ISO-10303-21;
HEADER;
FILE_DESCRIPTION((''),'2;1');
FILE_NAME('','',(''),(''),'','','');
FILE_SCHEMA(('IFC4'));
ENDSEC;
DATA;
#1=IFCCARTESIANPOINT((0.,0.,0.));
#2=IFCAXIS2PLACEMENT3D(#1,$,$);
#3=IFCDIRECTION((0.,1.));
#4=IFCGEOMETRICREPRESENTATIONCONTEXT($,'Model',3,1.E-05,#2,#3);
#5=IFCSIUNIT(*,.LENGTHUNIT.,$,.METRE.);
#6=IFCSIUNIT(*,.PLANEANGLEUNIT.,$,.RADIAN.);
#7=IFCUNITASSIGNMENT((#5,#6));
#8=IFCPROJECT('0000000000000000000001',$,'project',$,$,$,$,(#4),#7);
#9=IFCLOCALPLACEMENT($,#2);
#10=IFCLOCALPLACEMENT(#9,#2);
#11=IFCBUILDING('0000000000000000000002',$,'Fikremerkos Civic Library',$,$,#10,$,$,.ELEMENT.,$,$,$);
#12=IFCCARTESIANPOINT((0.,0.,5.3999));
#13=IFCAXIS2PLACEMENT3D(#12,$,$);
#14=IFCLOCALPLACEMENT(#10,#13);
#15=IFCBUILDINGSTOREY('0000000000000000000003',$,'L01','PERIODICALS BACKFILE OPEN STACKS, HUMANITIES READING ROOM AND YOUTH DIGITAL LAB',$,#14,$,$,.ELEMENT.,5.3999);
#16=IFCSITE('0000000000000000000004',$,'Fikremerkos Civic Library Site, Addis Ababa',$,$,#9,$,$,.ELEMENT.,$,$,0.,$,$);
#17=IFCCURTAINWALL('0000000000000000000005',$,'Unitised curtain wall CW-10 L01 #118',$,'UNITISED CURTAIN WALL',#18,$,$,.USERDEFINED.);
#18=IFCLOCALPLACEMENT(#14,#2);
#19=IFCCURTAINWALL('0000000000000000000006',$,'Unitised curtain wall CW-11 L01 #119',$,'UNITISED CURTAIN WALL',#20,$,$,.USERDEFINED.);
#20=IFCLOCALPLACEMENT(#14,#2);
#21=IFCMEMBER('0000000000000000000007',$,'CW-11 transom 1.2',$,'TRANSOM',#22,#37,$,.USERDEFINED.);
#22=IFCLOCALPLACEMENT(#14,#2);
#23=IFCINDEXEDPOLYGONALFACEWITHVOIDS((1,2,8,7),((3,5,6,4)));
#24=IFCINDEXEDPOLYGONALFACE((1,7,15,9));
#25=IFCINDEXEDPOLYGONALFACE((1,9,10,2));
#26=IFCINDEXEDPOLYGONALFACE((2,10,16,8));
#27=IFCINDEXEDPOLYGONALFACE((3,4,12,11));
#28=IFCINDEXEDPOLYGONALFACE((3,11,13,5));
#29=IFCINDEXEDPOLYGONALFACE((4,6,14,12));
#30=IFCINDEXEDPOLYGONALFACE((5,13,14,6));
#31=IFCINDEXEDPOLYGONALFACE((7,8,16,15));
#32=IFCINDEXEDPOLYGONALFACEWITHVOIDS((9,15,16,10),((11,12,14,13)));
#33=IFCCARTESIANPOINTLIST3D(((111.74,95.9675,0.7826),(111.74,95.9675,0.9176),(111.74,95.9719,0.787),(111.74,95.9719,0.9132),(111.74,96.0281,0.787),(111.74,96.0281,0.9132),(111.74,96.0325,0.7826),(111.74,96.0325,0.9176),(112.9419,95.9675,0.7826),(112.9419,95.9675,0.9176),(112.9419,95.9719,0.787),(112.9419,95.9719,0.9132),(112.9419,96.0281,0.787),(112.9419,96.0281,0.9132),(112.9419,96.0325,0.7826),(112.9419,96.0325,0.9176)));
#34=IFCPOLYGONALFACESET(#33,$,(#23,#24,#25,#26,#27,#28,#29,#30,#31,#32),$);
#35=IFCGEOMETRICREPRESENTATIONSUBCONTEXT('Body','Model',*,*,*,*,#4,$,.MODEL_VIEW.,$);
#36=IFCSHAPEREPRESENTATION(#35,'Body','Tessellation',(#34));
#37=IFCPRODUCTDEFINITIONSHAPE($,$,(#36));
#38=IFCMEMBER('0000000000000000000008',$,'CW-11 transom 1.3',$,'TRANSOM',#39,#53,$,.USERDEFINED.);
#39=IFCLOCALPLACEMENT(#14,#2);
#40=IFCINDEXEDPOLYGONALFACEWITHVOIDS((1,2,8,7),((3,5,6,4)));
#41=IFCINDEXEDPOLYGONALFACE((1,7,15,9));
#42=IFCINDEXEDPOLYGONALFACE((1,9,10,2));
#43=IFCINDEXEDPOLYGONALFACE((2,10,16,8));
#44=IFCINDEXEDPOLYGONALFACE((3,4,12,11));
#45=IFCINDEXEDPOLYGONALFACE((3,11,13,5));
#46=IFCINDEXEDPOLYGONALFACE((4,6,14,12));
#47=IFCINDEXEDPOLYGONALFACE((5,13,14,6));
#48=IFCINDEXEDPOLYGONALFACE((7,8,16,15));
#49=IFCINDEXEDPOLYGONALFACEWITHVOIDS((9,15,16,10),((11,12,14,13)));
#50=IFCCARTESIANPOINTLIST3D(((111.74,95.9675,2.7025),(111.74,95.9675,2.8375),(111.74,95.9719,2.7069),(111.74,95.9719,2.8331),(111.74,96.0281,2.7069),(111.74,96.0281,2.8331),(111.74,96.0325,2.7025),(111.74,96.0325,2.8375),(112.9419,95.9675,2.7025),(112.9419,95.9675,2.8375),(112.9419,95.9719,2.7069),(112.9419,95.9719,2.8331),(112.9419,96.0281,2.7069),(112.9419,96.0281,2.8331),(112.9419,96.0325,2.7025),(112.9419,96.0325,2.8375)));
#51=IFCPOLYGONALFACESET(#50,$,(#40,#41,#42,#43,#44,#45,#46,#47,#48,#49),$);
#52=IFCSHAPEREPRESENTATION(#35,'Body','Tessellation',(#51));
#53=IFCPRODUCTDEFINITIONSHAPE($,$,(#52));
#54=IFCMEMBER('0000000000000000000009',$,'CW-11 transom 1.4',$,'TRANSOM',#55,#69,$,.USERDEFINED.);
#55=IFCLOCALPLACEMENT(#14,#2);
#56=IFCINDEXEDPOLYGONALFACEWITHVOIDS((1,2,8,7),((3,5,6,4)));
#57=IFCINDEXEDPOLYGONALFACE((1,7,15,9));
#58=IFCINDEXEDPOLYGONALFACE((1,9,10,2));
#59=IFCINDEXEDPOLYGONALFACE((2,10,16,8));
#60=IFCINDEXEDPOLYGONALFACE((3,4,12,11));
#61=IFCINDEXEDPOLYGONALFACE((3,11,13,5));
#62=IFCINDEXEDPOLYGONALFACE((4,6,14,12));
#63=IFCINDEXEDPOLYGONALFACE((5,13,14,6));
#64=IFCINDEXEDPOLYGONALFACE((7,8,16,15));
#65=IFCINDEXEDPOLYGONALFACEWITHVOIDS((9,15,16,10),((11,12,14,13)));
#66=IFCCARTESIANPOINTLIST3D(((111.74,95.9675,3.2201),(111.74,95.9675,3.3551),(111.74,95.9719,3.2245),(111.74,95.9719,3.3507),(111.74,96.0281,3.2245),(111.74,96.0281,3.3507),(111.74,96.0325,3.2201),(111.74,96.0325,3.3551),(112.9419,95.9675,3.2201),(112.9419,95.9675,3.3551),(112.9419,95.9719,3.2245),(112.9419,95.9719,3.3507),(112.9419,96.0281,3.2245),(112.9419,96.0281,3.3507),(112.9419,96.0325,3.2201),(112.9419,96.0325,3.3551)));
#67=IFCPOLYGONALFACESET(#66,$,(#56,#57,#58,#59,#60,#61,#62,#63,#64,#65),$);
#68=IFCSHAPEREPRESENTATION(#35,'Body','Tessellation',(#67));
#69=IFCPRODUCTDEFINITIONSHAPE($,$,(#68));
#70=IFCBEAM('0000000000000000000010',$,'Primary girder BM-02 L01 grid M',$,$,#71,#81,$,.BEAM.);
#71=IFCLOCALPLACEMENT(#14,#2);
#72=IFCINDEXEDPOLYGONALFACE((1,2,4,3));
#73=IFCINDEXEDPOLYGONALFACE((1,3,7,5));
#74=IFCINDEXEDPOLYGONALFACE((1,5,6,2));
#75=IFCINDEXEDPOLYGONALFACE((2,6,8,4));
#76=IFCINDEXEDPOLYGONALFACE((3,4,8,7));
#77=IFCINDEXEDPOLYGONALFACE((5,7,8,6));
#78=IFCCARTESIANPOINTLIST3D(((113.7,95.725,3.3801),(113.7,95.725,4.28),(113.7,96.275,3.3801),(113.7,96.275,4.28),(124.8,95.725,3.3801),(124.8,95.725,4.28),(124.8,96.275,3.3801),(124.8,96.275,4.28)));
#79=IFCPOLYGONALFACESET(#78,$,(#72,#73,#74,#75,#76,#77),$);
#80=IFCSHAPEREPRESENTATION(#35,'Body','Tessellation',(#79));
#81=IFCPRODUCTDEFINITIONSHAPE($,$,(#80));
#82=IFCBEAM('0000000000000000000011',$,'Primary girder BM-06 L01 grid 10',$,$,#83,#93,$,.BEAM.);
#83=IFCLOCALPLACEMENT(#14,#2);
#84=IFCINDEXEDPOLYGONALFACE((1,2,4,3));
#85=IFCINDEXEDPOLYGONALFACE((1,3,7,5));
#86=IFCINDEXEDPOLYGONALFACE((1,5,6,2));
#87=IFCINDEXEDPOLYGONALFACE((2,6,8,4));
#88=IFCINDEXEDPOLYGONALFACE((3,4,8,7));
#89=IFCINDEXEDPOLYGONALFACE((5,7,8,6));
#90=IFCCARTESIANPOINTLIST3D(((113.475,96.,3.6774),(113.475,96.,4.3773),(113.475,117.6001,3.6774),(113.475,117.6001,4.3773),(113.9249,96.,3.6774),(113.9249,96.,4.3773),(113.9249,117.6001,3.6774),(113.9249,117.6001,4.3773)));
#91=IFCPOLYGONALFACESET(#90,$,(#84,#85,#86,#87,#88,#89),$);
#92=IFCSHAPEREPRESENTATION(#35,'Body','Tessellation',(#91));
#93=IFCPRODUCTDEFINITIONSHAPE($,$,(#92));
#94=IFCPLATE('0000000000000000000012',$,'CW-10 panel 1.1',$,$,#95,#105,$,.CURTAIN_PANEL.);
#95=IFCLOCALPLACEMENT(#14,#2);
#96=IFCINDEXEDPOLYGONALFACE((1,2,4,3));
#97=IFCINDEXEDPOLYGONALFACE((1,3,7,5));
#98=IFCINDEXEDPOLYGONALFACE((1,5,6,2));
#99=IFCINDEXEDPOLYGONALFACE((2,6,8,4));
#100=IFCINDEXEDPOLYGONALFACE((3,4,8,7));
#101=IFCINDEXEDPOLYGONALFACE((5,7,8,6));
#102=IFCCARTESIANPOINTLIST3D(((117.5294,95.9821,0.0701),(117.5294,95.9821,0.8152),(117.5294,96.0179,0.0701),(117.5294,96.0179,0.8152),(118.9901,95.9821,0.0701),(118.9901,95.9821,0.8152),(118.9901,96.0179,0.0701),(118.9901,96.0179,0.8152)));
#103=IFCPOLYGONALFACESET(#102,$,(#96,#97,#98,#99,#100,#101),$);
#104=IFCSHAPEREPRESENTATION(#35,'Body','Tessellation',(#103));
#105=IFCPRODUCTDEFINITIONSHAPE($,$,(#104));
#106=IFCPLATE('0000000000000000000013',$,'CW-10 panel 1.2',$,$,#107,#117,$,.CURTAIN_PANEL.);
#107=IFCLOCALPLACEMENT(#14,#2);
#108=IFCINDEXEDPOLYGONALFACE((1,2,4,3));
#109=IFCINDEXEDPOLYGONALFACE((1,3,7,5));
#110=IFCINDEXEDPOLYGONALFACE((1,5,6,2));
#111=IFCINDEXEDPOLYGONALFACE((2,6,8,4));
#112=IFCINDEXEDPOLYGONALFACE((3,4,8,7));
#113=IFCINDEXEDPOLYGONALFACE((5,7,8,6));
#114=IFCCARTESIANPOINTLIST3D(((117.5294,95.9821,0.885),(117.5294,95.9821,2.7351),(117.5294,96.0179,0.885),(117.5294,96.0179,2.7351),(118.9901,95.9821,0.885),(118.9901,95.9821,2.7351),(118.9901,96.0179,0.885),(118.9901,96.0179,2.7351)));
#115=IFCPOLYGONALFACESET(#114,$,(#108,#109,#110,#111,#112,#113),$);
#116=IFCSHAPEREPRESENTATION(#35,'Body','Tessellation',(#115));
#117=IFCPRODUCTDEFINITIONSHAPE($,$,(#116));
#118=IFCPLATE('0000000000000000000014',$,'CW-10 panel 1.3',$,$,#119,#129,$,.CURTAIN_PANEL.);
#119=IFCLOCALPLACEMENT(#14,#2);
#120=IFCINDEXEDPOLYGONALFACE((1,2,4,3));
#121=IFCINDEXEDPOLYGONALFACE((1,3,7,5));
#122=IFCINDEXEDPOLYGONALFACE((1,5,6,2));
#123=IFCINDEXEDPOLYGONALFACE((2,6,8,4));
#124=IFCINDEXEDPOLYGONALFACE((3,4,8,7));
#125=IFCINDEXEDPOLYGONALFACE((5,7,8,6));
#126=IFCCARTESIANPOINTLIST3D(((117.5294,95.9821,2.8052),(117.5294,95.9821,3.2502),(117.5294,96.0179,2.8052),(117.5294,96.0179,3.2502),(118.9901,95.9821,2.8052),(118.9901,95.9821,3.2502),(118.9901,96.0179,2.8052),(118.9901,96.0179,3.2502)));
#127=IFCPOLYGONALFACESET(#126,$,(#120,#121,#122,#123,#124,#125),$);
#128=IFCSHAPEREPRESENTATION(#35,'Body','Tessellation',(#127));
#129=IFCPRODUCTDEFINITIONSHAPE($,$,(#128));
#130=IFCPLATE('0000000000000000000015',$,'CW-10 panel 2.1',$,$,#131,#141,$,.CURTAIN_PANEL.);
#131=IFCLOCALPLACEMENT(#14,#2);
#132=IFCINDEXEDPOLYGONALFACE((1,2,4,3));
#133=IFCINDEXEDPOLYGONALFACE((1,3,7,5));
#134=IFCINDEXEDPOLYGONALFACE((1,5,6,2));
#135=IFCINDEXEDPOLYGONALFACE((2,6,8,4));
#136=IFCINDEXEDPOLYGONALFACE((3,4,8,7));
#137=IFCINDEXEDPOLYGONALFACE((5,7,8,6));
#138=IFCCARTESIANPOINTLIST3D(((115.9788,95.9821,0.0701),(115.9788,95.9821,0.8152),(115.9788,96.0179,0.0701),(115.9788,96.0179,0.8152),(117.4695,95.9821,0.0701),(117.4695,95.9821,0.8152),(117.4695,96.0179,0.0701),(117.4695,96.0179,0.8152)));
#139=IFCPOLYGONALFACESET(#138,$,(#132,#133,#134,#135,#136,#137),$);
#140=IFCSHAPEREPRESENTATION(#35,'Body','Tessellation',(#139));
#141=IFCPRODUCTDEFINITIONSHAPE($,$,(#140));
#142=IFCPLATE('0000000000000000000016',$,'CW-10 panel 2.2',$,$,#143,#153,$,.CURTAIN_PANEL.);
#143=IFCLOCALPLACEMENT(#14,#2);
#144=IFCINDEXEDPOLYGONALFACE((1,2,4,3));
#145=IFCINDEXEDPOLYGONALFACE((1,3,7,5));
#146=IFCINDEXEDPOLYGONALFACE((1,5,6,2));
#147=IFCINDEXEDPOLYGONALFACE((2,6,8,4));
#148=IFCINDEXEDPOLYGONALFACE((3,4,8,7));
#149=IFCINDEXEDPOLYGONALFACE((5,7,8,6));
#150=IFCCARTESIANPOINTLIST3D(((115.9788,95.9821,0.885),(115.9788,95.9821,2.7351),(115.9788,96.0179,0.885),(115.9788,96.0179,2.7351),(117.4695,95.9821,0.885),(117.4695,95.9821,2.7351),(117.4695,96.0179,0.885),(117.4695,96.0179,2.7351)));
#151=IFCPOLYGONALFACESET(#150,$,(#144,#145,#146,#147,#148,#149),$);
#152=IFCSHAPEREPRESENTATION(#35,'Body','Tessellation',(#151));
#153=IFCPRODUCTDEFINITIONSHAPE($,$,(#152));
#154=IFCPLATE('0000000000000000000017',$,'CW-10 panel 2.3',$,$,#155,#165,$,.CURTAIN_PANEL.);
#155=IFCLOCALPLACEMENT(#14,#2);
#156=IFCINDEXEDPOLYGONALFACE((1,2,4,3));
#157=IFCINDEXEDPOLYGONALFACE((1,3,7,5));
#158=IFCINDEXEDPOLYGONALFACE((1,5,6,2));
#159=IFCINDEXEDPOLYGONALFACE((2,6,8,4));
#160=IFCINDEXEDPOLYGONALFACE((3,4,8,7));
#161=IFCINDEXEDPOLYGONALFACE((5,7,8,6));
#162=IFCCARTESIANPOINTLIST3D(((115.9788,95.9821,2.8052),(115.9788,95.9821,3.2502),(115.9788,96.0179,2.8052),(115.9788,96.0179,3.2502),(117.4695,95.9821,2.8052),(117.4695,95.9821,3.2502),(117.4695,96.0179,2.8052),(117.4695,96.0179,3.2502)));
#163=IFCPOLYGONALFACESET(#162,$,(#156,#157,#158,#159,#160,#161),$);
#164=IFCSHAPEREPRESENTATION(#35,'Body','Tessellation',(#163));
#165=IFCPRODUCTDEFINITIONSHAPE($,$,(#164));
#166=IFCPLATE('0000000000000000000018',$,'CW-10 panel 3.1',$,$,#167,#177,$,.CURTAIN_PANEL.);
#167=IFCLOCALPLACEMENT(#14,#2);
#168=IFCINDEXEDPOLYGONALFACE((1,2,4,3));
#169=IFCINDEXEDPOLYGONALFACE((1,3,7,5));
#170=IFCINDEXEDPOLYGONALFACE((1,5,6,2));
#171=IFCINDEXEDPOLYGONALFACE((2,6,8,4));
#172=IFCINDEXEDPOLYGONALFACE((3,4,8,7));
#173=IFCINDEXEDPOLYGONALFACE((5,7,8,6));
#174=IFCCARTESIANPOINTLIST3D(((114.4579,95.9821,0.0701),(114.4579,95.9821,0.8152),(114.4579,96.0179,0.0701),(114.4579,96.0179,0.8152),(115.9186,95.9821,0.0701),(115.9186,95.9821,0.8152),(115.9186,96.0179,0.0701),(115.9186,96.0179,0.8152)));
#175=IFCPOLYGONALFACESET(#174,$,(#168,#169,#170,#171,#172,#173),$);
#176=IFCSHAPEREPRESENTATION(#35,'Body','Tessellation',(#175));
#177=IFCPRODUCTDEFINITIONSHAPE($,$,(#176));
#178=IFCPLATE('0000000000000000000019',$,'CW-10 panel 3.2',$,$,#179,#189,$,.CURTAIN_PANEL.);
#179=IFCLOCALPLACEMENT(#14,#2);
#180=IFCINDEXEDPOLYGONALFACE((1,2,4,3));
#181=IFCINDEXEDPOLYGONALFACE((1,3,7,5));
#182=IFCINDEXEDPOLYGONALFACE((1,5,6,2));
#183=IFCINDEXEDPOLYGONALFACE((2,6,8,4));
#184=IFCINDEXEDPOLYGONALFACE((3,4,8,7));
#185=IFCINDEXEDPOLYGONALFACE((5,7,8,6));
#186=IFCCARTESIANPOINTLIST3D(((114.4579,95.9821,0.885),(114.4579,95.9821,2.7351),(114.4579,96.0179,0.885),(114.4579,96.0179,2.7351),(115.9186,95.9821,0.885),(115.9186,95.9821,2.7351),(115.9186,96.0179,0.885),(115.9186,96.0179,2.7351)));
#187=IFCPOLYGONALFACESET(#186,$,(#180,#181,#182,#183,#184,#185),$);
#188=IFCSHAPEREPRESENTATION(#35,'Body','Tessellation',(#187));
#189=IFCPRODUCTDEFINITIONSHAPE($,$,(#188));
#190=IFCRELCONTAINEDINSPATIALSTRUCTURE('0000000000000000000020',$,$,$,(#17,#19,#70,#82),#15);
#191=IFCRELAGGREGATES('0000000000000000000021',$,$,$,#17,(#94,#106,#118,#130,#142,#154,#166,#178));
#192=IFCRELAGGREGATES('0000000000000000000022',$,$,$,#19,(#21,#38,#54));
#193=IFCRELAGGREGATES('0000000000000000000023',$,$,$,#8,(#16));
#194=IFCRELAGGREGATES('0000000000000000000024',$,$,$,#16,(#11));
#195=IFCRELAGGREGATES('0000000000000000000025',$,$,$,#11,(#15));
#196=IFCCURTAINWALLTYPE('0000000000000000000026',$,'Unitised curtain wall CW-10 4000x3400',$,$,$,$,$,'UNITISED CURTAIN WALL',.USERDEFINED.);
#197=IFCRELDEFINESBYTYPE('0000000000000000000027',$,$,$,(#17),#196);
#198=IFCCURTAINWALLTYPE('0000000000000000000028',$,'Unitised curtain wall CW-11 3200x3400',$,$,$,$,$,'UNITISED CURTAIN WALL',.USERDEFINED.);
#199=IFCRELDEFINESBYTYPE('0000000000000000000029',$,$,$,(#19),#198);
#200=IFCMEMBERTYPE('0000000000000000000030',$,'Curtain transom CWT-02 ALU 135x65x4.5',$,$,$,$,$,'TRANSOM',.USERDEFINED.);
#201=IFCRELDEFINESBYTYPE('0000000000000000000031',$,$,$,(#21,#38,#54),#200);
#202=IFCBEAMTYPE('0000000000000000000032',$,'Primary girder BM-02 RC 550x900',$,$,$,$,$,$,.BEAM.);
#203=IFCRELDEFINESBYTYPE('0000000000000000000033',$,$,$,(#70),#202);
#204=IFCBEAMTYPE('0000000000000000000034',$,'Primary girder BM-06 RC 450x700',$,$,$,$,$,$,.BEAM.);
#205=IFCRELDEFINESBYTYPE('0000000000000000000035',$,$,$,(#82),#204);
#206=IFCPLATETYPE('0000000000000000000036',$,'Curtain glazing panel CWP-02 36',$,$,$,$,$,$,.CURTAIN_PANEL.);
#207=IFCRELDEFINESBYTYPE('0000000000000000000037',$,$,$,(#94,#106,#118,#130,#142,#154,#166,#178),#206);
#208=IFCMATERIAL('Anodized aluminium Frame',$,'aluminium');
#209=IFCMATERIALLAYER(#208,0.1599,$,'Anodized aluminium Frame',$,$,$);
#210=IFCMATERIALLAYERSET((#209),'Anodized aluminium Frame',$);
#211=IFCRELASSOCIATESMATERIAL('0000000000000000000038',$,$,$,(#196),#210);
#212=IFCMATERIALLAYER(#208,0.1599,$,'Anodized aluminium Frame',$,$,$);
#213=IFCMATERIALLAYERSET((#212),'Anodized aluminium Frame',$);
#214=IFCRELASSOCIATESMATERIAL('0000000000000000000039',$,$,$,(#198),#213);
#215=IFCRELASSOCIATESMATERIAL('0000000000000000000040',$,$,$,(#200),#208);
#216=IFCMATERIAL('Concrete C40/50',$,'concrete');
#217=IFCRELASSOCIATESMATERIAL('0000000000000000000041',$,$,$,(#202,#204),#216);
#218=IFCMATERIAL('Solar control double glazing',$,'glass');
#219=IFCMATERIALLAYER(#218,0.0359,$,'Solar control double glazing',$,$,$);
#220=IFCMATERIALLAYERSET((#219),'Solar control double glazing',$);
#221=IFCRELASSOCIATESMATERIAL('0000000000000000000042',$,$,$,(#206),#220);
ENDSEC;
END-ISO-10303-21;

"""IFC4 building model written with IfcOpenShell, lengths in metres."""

from ifc_helpers import new_model, si_unit, direction, frame, origin, origin_2d, place, context, subcontext, project, spatial, rectangle, hollow_rectangle, extrude, material, layer, layer_set, material_profile, profile_set, type_object, element, aggregate, save


model = new_model("IFC4")

# Units and contexts
model_context = context("Model", 3, precision=1e-05, world=origin(), true_north=direction((0.0, 1.0)))
body_context = subcontext(model_context, "Body", "Model", "MODEL_VIEW")
ifc_project = project(units=[si_unit("LENGTHUNIT", "METRE"), si_unit("PLANEANGLEUNIT", "RADIAN")], contexts=[model_context])

# Site, building, storey
site_placement = place(None, origin())
site = spatial("IfcSite", under=ifc_project, at=site_placement, Name="Fikremerkos Civic Library Site, Addis Ababa", CompositionType="ELEMENT", RefElevation=0.0)
building_placement = place(site_placement, origin())
building = spatial("IfcBuilding", under=site, at=building_placement, Name="Fikremerkos Civic Library", CompositionType="ELEMENT")
storey_placement = place(building_placement, frame((0.0, 0.0, 5.3999)))
storey = spatial("IfcBuildingStorey", under=building, at=storey_placement, Name="L01", Description="PERIODICALS BACKFILE OPEN STACKS, HUMANITIES READING ROOM AND YOUTH DIGITAL LAB", CompositionType="ELEMENT", Elevation=5.3999)

# Shared definitions
ifc_material_1 = material(Name="Concrete C40/50", Category="concrete")

# Shared definitions
ifc_material_2 = material(Name="Anodized aluminium Frame", Category="aluminium")

# Curtain wall
ifc_layer_1 = layer(ifc_material_2, 0.1599, Name="Anodized aluminium Frame")
ifc_layer_set_1 = layer_set([ifc_layer_1], Name="Anodized aluminium Frame")
curtain_wall_type_1 = type_object("IfcCurtainWallType", Name="Unitised curtain wall CW-10 4000x3400", ElementType="UNITISED CURTAIN WALL", PredefinedType="USERDEFINED", material=ifc_layer_set_1)
curtain_wall_1_placement = place(storey_placement, origin())
curtain_wall_1 = element("IfcCurtainWall", 1, at=curtain_wall_1_placement, inside=storey, type_object=curtain_wall_type_1, Name="Unitised curtain wall CW-10 L01 #118", ObjectType="UNITISED CURTAIN WALL", PredefinedType="USERDEFINED")

# Curtain wall
ifc_layer_2 = layer(ifc_material_2, 0.1599, Name="Anodized aluminium Frame")
ifc_layer_set_2 = layer_set([ifc_layer_2], Name="Anodized aluminium Frame")
curtain_wall_type_2 = type_object("IfcCurtainWallType", Name="Unitised curtain wall CW-11 3200x3400", ElementType="UNITISED CURTAIN WALL", PredefinedType="USERDEFINED", material=ifc_layer_set_2)
curtain_wall_2_placement = place(storey_placement, origin())
curtain_wall_2 = element("IfcCurtainWall", 2, at=curtain_wall_2_placement, inside=storey, type_object=curtain_wall_type_2, Name="Unitised curtain wall CW-11 L01 #119", ObjectType="UNITISED CURTAIN WALL", PredefinedType="USERDEFINED")

# Members
ifc_material_profile_1 = material_profile(ifc_material_2, hollow_rectangle(XDim=0.0649, YDim=0.135, WallThickness=0.0044, at=origin_2d()), Name="ALU 135x65x4.5")
ifc_profile_set_1 = profile_set([ifc_material_profile_1], Name="Anodized aluminium Frame")
member_type_1 = type_object("IfcMemberType", Name="Curtain transom CWT-02 ALU 135x65x4.5", ElementType="TRANSOM", PredefinedType="USERDEFINED", material=ifc_profile_set_1)
member_1_placement = place(storey_placement, frame((112.9419, 96.0, 0.8501), z_axis=(-1.0, 0.0, 0.0), x_axis=(0.0, -1.0, 0.0)))
member_1 = element("IfcMember", 3, at=member_1_placement, type_object=member_type_1, Name="CW-11 transom 1.2", ObjectType="TRANSOM", PredefinedType="USERDEFINED", context=body_context, shape_type="SweptSolid", body=[
    extrude(hollow_rectangle(XDim=0.0649, YDim=0.135, WallThickness=0.0044, at=origin_2d()), origin(), (0.0, 0.0, 1.0), 1.2019),
])
member_2_placement = place(storey_placement, frame((112.9419, 96.0, 2.77), z_axis=(-1.0, 0.0, 0.0), x_axis=(0.0, -1.0, 0.0)))
member_2 = element("IfcMember", 4, at=member_2_placement, type_object=member_type_1, Name="CW-11 transom 1.3", ObjectType="TRANSOM", PredefinedType="USERDEFINED", context=body_context, shape_type="SweptSolid", body=[
    extrude(hollow_rectangle(XDim=0.0649, YDim=0.135, WallThickness=0.0044, at=origin_2d()), origin(), (0.0, 0.0, 1.0), 1.2019),
])
member_3_placement = place(storey_placement, frame((112.9419, 96.0, 3.2876), z_axis=(-1.0, 0.0, 0.0), x_axis=(0.0, -1.0, 0.0)))
member_3 = element("IfcMember", 5, at=member_3_placement, type_object=member_type_1, Name="CW-11 transom 1.4", ObjectType="TRANSOM", PredefinedType="USERDEFINED", context=body_context, shape_type="SweptSolid", body=[
    extrude(hollow_rectangle(XDim=0.0649, YDim=0.135, WallThickness=0.0044, at=origin_2d()), origin(), (0.0, 0.0, 1.0), 1.2019),
])

# Beams
ifc_material_profile_2 = material_profile(ifc_material_1, rectangle(XDim=0.55, YDim=0.8999, at=origin_2d()), Name="RC 550x900")
ifc_profile_set_2 = profile_set([ifc_material_profile_2], Name="Concrete C40/50")
beam_type_1 = type_object("IfcBeamType", Name="Primary girder BM-02 RC 550x900", PredefinedType="BEAM", material=ifc_profile_set_2)
beam_1_placement = place(storey_placement, frame((113.7, 96.0, 3.8301), z_axis=(1.0, 0.0, 0.0), x_axis=(0.0, 1.0, 0.0)))
element("IfcBeam", 6, at=beam_1_placement, inside=storey, type_object=beam_type_1, Name="Primary girder BM-02 L01 grid M", PredefinedType="BEAM", context=body_context, shape_type="SweptSolid", body=[
    extrude(rectangle(XDim=0.55, YDim=0.8999, at=origin_2d()), origin(), (0.0, 0.0, 1.0), 11.1001),
])
ifc_material_profile_3 = material_profile(ifc_material_1, rectangle(XDim=0.45, YDim=0.7, at=origin_2d()), Name="RC 450x700")
ifc_profile_set_3 = profile_set([ifc_material_profile_3], Name="Concrete C40/50")
beam_type_2 = type_object("IfcBeamType", Name="Primary girder BM-06 RC 450x700", PredefinedType="BEAM", material=ifc_profile_set_3)
beam_2_placement = place(storey_placement, frame((113.7, 96.0, 4.0273), z_axis=(0.0, 1.0, 0.0), x_axis=(-1.0, 0.0, 0.0)))
element("IfcBeam", 7, at=beam_2_placement, inside=storey, type_object=beam_type_2, Name="Primary girder BM-06 L01 grid 10", PredefinedType="BEAM", context=body_context, shape_type="SweptSolid", body=[
    extrude(rectangle(XDim=0.45, YDim=0.7, at=origin_2d()), origin(), (0.0, 0.0, 1.0), 21.6001),
])

# Plates
ifc_material_3 = material(Name="Solar control double glazing", Category="glass")
ifc_layer_3 = layer(ifc_material_3, 0.0359, Name="Solar control double glazing")
ifc_layer_set_3 = layer_set([ifc_layer_3], Name="Solar control double glazing")
plate_type_1 = type_object("IfcPlateType", Name="Curtain glazing panel CWP-02 36", PredefinedType="CURTAIN_PANEL", material=ifc_layer_set_3)
plate_1_placement = place(storey_placement, frame((118.2598, 96.0, 0.0701), z_axis=(0.0, 0.0, 1.0), x_axis=(-1.0, 0.0, 0.0)))
plate_1 = element("IfcPlate", 8, at=plate_1_placement, type_object=plate_type_1, Name="CW-10 panel 1.1", PredefinedType="CURTAIN_PANEL", context=body_context, shape_type="SweptSolid", body=[
    extrude(rectangle(XDim=1.4607, YDim=0.0359, at=origin_2d()), origin(), (0.0, 0.0, 1.0), 0.7451),
])
plate_2_placement = place(storey_placement, frame((118.2598, 96.0, 0.885), z_axis=(0.0, 0.0, 1.0), x_axis=(-1.0, 0.0, 0.0)))
plate_2 = element("IfcPlate", 9, at=plate_2_placement, type_object=plate_type_1, Name="CW-10 panel 1.2", PredefinedType="CURTAIN_PANEL", context=body_context, shape_type="SweptSolid", body=[
    extrude(rectangle(XDim=1.4607, YDim=0.0359, at=origin_2d()), origin(), (0.0, 0.0, 1.0), 1.8501),
])
plate_3_placement = place(storey_placement, frame((118.2598, 96.0, 2.8052), z_axis=(0.0, 0.0, 1.0), x_axis=(-1.0, 0.0, 0.0)))
plate_3 = element("IfcPlate", 10, at=plate_3_placement, type_object=plate_type_1, Name="CW-10 panel 1.3", PredefinedType="CURTAIN_PANEL", context=body_context, shape_type="SweptSolid", body=[
    extrude(rectangle(XDim=1.4607, YDim=0.0359, at=origin_2d()), origin(), (0.0, 0.0, 1.0), 0.4451),
])
plate_4_placement = place(storey_placement, frame((116.7241, 96.0, 0.0701), z_axis=(0.0, 0.0, 1.0), x_axis=(-1.0, 0.0, 0.0)))
plate_4 = element("IfcPlate", 11, at=plate_4_placement, type_object=plate_type_1, Name="CW-10 panel 2.1", PredefinedType="CURTAIN_PANEL", context=body_context, shape_type="SweptSolid", body=[
    extrude(rectangle(XDim=1.4907, YDim=0.0359, at=origin_2d()), origin(), (0.0, 0.0, 1.0), 0.7451),
])
plate_5_placement = place(storey_placement, frame((116.7241, 96.0, 0.885), z_axis=(0.0, 0.0, 1.0), x_axis=(-1.0, 0.0, 0.0)))
plate_5 = element("IfcPlate", 12, at=plate_5_placement, type_object=plate_type_1, Name="CW-10 panel 2.2", PredefinedType="CURTAIN_PANEL", context=body_context, shape_type="SweptSolid", body=[
    extrude(rectangle(XDim=1.4907, YDim=0.0359, at=origin_2d()), origin(), (0.0, 0.0, 1.0), 1.8501),
])
plate_6_placement = place(storey_placement, frame((116.7241, 96.0, 2.8052), z_axis=(0.0, 0.0, 1.0), x_axis=(-1.0, 0.0, 0.0)))
plate_6 = element("IfcPlate", 13, at=plate_6_placement, type_object=plate_type_1, Name="CW-10 panel 2.3", PredefinedType="CURTAIN_PANEL", context=body_context, shape_type="SweptSolid", body=[
    extrude(rectangle(XDim=1.4907, YDim=0.0359, at=origin_2d()), origin(), (0.0, 0.0, 1.0), 0.4451),
])
plate_7_placement = place(storey_placement, frame((115.1882, 96.0, 0.0701), z_axis=(0.0, 0.0, 1.0), x_axis=(-1.0, 0.0, 0.0)))
plate_7 = element("IfcPlate", 14, at=plate_7_placement, type_object=plate_type_1, Name="CW-10 panel 3.1", PredefinedType="CURTAIN_PANEL", context=body_context, shape_type="SweptSolid", body=[
    extrude(rectangle(XDim=1.4607, YDim=0.0359, at=origin_2d()), origin(), (0.0, 0.0, 1.0), 0.7451),
])
plate_8_placement = place(storey_placement, frame((115.1882, 96.0, 0.885), z_axis=(0.0, 0.0, 1.0), x_axis=(-1.0, 0.0, 0.0)))
plate_8 = element("IfcPlate", 15, at=plate_8_placement, type_object=plate_type_1, Name="CW-10 panel 3.2", PredefinedType="CURTAIN_PANEL", context=body_context, shape_type="SweptSolid", body=[
    extrude(rectangle(XDim=1.4607, YDim=0.0359, at=origin_2d()), origin(), (0.0, 0.0, 1.0), 1.8501),
])
aggregate(curtain_wall_1, [plate_1, plate_2, plate_3, plate_4, plate_5, plate_6, plate_7, plate_8])
aggregate(curtain_wall_2, [member_1, member_2, member_3])

save(model, "model.ifc")
